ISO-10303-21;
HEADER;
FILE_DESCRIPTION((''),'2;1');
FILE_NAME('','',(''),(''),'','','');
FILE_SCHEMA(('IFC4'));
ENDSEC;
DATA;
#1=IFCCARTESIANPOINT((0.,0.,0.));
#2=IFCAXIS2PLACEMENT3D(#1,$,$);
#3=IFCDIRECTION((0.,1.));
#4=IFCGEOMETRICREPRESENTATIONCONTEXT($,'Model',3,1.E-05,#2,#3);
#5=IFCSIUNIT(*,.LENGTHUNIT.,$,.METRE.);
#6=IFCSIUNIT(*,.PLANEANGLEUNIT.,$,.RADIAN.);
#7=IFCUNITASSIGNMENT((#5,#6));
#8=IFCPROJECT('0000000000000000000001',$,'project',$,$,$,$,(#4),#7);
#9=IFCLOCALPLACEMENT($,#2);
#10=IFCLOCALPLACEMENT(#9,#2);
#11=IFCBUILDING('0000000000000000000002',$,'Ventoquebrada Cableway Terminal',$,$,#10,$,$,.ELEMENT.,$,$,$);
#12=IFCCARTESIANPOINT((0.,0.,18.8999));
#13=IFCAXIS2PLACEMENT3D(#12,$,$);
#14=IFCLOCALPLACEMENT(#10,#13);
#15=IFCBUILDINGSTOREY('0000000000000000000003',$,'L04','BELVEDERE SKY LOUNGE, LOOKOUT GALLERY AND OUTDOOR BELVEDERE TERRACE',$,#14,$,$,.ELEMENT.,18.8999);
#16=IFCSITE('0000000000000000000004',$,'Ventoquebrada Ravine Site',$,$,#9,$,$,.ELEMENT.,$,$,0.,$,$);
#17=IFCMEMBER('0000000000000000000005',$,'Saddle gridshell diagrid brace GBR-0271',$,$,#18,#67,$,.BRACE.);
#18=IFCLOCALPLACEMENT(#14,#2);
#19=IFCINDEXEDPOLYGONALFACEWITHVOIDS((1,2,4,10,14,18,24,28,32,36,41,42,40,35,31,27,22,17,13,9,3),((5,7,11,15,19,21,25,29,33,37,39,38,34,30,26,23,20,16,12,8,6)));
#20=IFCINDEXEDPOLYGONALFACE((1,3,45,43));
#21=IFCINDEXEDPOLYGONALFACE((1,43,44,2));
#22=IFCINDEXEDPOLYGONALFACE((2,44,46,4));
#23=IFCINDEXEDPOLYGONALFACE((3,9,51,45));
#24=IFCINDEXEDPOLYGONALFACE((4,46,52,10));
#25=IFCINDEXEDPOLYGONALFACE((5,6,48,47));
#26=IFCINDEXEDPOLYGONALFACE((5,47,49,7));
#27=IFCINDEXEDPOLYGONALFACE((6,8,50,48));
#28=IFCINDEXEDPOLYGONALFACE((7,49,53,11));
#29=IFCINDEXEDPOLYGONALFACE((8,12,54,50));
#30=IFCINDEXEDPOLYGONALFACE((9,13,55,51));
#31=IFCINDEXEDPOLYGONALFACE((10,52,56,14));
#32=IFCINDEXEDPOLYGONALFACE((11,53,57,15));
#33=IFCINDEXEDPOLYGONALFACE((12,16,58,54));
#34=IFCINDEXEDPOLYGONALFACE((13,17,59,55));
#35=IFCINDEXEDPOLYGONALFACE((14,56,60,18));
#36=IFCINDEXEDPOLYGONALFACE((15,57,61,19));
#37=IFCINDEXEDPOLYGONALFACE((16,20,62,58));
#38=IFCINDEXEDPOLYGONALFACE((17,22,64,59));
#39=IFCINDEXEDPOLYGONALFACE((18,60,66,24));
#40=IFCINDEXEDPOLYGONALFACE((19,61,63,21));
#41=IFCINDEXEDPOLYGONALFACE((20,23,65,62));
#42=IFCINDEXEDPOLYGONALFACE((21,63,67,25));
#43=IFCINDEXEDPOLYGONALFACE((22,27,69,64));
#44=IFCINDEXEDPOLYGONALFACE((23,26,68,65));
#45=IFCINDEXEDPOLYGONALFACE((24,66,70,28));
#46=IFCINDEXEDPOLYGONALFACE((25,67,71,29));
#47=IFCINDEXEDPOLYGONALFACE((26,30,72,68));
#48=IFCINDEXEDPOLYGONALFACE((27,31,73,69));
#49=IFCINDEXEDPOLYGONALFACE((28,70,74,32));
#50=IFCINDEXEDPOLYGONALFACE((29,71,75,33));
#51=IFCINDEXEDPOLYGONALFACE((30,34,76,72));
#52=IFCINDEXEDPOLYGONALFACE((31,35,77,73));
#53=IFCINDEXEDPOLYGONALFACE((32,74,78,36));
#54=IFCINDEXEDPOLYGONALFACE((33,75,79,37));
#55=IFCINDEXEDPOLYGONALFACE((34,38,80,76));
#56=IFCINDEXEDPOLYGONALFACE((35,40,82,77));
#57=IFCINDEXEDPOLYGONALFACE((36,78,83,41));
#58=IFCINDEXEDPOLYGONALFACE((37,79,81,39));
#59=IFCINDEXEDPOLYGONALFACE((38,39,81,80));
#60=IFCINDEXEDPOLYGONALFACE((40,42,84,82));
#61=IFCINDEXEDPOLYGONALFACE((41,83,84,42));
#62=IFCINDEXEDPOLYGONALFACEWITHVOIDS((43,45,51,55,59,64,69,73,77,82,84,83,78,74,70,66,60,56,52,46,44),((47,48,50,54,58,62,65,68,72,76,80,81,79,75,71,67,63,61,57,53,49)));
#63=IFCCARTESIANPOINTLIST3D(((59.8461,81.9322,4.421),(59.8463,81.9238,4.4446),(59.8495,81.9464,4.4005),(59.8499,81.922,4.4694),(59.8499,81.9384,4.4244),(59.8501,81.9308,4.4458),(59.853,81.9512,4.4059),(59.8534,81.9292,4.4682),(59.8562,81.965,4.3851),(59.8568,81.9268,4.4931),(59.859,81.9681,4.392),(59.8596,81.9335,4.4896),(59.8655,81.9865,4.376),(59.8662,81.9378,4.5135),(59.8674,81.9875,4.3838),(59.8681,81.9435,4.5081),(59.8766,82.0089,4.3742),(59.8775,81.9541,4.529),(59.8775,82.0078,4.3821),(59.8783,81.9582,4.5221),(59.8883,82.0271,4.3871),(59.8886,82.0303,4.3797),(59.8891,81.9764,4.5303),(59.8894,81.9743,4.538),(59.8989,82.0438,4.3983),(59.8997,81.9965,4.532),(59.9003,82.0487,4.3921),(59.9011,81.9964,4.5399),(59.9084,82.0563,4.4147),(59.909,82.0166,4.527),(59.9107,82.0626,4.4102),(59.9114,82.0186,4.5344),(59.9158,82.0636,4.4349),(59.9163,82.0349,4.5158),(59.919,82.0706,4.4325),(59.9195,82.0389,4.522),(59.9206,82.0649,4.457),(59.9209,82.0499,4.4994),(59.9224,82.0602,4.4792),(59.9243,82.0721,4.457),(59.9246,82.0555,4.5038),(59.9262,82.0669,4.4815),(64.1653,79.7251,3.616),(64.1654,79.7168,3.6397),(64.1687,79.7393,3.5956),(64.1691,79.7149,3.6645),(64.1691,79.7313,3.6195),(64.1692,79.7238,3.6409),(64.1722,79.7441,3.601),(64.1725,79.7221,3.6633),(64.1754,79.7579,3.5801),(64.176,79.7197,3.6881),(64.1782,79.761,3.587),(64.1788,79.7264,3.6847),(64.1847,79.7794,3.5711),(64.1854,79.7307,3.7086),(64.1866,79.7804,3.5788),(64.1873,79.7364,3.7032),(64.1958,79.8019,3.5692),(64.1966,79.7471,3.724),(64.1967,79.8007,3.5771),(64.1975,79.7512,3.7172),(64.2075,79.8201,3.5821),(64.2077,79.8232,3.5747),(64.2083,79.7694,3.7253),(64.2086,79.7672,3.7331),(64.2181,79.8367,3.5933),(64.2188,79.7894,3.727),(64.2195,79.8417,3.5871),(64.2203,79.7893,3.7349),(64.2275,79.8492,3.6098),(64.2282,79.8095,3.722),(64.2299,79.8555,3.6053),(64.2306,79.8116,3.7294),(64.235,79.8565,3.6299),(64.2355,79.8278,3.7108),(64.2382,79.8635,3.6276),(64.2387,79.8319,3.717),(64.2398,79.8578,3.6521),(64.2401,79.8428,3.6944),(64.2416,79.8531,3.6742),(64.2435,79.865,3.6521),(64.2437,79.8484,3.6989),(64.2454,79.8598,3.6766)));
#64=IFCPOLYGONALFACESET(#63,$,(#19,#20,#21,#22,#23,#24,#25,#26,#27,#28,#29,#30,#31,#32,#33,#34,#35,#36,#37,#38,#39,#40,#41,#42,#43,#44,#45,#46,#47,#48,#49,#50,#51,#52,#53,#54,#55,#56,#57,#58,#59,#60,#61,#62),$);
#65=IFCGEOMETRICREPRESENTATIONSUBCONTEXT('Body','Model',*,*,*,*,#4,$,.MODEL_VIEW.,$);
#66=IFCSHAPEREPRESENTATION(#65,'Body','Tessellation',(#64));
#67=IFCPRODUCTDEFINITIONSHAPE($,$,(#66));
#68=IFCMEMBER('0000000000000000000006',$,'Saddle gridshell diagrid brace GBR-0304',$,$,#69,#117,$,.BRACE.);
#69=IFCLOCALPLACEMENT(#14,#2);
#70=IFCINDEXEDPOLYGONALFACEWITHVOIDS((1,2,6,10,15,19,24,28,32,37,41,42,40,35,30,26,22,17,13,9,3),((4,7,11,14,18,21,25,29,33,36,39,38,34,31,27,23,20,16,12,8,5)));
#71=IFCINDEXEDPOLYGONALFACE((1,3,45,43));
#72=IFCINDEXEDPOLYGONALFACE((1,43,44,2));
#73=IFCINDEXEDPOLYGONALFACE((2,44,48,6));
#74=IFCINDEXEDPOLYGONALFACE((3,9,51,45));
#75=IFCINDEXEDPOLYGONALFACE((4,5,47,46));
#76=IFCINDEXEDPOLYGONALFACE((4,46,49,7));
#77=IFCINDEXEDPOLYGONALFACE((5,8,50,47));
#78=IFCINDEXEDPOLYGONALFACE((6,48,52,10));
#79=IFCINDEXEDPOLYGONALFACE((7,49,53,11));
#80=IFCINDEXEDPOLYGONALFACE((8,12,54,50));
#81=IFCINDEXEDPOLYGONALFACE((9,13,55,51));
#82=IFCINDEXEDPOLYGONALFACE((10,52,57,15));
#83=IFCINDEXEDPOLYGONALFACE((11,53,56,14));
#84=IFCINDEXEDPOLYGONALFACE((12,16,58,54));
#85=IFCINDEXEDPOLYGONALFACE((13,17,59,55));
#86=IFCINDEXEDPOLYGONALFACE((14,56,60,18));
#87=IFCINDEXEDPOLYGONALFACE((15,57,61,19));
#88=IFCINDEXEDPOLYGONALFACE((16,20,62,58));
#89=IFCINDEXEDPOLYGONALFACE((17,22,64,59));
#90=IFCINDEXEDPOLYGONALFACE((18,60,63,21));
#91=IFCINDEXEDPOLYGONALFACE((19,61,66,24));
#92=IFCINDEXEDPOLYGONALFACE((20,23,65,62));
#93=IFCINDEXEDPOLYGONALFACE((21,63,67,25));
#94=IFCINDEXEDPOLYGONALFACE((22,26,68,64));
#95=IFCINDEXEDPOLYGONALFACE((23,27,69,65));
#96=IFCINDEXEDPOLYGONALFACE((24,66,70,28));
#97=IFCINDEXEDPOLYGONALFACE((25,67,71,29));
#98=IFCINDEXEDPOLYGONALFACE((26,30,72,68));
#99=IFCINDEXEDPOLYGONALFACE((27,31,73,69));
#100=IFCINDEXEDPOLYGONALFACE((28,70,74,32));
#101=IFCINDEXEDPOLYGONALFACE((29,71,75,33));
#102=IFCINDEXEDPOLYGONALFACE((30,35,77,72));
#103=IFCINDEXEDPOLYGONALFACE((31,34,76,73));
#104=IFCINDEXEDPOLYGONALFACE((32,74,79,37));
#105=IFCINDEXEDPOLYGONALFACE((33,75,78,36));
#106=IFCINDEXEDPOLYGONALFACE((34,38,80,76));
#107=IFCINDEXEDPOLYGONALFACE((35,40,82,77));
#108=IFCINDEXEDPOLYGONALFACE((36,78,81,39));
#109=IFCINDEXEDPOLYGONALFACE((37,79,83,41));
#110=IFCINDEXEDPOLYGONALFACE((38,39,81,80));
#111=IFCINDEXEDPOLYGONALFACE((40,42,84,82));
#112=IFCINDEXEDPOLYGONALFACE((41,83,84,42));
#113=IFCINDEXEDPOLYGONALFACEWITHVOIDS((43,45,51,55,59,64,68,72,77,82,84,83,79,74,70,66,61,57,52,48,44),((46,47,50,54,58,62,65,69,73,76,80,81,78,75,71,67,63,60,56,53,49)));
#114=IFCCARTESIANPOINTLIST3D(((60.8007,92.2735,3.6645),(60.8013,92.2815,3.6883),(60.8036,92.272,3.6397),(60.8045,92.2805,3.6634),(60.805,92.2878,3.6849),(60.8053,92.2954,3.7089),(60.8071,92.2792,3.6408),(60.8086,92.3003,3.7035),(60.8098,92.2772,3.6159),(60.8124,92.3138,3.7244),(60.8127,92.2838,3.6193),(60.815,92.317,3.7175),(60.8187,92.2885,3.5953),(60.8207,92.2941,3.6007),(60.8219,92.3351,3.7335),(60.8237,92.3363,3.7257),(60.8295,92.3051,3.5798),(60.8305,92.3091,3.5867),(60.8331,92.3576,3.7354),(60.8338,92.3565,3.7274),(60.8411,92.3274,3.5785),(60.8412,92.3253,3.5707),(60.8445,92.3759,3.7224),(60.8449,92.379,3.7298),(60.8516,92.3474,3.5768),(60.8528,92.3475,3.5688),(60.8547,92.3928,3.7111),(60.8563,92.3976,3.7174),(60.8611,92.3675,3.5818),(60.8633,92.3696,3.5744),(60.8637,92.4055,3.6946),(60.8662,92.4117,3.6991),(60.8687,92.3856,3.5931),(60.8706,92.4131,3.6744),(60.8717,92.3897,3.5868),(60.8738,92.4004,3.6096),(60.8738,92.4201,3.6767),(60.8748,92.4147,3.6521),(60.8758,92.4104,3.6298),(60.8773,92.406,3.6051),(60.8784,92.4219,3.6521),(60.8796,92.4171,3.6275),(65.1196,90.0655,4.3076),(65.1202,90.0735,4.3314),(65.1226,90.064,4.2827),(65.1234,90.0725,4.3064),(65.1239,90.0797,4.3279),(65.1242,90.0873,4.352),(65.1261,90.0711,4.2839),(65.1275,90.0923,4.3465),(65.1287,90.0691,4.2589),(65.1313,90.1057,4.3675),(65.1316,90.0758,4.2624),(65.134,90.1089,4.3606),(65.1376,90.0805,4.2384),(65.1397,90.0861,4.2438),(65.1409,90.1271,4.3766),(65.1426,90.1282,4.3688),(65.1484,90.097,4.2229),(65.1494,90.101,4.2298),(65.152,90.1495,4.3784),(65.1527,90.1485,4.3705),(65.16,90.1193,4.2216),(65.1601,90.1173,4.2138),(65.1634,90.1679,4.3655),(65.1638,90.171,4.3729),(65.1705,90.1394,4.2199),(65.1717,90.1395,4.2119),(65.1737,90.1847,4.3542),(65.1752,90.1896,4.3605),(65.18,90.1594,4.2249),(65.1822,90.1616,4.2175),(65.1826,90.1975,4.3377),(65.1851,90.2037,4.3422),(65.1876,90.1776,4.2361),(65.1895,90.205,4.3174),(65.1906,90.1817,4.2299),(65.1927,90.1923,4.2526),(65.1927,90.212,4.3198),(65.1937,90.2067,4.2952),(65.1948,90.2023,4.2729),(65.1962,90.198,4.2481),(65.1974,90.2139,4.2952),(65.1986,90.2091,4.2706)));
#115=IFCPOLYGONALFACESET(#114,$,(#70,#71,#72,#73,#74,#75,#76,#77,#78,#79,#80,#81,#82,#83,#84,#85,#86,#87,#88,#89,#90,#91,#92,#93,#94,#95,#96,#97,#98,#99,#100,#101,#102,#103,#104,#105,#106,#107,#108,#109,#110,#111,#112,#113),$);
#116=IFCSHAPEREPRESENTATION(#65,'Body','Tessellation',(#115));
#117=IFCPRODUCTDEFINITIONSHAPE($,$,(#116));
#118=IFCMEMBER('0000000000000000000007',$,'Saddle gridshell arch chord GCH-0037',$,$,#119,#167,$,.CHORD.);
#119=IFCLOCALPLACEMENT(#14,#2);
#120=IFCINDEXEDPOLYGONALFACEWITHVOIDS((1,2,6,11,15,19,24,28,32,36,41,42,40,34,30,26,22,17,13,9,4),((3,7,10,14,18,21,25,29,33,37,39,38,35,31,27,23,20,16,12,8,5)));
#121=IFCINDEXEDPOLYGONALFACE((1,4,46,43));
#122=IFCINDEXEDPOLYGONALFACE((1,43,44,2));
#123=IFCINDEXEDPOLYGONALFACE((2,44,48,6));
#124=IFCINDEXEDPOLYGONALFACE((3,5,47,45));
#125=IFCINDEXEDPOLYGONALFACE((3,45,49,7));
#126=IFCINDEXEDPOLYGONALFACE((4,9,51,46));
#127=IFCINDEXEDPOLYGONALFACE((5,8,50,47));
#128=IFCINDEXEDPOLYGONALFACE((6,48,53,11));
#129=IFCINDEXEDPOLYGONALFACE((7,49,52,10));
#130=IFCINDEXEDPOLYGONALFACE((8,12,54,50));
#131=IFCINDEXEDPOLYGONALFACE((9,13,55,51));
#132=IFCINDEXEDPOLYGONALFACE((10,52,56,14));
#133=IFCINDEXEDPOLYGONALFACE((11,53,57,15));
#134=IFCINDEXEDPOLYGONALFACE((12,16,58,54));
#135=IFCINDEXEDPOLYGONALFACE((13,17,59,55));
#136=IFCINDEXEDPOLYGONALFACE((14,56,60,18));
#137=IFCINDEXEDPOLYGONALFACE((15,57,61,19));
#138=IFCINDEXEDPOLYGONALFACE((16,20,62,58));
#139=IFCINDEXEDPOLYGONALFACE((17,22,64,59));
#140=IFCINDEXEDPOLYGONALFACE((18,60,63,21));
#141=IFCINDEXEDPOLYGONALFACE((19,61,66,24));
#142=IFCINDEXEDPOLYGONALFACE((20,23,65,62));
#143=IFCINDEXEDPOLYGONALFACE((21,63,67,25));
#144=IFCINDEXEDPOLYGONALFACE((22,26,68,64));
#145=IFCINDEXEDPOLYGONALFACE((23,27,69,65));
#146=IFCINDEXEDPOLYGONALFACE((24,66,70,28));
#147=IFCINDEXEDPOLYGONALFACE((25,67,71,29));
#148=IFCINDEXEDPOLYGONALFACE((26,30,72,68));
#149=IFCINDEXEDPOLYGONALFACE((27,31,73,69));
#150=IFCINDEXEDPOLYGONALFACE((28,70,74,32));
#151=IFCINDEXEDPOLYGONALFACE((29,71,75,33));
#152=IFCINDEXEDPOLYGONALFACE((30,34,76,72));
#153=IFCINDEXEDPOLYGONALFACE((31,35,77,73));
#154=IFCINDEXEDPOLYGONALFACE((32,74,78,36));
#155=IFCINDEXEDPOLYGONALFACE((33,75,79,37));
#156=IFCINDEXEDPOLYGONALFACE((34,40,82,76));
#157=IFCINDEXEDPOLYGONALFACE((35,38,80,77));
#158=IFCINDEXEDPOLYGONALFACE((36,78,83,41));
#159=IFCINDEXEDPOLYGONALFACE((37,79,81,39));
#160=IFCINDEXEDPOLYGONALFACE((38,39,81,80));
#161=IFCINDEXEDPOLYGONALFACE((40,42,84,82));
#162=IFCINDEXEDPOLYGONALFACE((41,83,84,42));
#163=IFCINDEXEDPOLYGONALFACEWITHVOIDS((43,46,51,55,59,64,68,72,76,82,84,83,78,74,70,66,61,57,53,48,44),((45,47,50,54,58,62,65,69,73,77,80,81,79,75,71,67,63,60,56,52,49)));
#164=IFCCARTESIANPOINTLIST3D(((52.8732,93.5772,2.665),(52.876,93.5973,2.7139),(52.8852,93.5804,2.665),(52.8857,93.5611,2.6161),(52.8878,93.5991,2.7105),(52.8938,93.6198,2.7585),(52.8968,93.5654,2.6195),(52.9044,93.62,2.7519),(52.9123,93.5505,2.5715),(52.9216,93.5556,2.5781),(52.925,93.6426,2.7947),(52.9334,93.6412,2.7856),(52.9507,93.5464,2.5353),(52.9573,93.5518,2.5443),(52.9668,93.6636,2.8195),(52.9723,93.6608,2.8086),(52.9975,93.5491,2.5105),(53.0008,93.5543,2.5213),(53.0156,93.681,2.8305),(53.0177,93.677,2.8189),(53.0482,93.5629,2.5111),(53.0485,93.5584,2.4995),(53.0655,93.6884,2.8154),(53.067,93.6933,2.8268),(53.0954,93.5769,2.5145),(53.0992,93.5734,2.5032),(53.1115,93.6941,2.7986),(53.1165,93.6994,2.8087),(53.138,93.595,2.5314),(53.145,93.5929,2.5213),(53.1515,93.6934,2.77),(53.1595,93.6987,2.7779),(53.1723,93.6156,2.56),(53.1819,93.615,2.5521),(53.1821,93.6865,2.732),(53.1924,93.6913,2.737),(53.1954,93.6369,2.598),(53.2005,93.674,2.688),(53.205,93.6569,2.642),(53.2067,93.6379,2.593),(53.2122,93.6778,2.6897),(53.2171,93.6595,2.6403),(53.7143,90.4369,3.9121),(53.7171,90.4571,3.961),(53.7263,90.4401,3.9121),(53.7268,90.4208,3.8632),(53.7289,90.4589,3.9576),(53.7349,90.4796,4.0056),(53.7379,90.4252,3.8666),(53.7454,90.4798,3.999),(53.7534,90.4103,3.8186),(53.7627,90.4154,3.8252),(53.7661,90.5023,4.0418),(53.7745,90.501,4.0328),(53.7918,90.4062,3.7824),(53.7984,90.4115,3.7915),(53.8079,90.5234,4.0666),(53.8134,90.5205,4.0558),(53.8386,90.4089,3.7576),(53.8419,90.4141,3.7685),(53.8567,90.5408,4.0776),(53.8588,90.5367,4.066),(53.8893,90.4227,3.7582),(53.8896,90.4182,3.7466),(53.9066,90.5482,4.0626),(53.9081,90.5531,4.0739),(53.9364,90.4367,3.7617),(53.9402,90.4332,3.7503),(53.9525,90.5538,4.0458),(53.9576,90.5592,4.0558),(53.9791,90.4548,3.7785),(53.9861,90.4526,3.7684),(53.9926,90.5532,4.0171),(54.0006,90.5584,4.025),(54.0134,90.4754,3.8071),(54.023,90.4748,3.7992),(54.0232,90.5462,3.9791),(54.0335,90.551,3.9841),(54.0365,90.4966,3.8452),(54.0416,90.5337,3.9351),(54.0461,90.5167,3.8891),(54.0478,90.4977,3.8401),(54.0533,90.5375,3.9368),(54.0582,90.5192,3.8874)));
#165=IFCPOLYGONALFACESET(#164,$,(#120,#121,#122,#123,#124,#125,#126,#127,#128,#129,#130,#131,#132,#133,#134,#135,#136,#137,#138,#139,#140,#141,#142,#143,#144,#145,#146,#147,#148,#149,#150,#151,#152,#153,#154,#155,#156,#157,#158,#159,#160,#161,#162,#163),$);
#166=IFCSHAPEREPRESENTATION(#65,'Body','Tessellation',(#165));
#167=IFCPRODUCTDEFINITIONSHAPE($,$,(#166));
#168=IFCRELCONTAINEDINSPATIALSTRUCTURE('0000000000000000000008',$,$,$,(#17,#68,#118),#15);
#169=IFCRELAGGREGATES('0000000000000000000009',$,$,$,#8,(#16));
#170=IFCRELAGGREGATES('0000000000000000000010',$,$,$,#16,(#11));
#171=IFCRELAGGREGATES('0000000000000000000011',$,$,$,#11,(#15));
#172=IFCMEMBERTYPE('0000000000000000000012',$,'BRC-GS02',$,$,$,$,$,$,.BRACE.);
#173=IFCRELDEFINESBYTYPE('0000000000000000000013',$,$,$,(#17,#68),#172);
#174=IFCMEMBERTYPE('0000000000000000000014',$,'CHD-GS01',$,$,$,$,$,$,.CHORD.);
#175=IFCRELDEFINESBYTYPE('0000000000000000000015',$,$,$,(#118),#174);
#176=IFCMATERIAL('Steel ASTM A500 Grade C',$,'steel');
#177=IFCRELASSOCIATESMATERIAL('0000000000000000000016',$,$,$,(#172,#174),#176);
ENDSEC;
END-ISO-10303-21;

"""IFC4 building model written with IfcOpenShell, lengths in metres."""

from ifc_helpers import new_model, si_unit, direction, frame, origin, origin_2d, place, context, subcontext, project, spatial, hollow_circle, extrude, material, material_profile, profile_set, type_object, element, save


model = new_model("IFC4")

# Units and contexts
model_context = context("Model", 3, precision=1e-05, world=origin(), true_north=direction((0.0, 1.0)))
body_context = subcontext(model_context, "Body", "Model", "MODEL_VIEW")
ifc_project = project(units=[si_unit("LENGTHUNIT", "METRE"), si_unit("PLANEANGLEUNIT", "RADIAN")], contexts=[model_context])

# Site, building, storey
site_placement = place(None, origin())
site = spatial("IfcSite", under=ifc_project, at=site_placement, Name="Ventoquebrada Ravine Site", CompositionType="ELEMENT", RefElevation=0.0)
building_placement = place(site_placement, origin())
building = spatial("IfcBuilding", under=site, at=building_placement, Name="Ventoquebrada Cableway Terminal", CompositionType="ELEMENT")
storey_placement = place(building_placement, frame((0.0, 0.0, 18.8999)))
storey = spatial("IfcBuildingStorey", under=building, at=storey_placement, Name="L04", Description="BELVEDERE SKY LOUNGE, LOOKOUT GALLERY AND OUTDOOR BELVEDERE TERRACE", CompositionType="ELEMENT", Elevation=18.8999)

# Members
ifc_material_1 = material(Name="Steel ASTM A500 Grade C", Category="steel")
ifc_material_profile_1 = material_profile(ifc_material_1, hollow_circle(Radius=0.0842, WallThickness=0.0081, at=origin_2d()), Name="CHS168.3X8")
ifc_profile_set_1 = profile_set([ifc_material_profile_1], Name="Steel ASTM A500 Grade C")
member_type_1 = type_object("IfcMemberType", Name="BRC-GS02", PredefinedType="BRACE", material=ifc_profile_set_1)
member_1_placement = place(storey_placement, frame((59.886, 81.9971, 4.457), z_axis=(0.878462, -0.448889, -0.163715), x_axis=(0.455029, 0.890477, 0.0)))
element("IfcMember", 1, at=member_1_placement, inside=storey, type_object=member_type_1, Name="Saddle gridshell diagrid brace GBR-0271", PredefinedType="BRACE", context=body_context, shape_type="SweptSolid", body=[
    extrude(hollow_circle(Radius=0.0842, WallThickness=0.0081, at=origin_2d()), origin(), (0.0, 0.0, 1.0), 4.9167),
])
member_2_placement = place(storey_placement, frame((60.8401, 92.3469, 3.6521), z_axis=(0.882662, -0.45126, 0.131426), x_axis=(0.455209, 0.890385, 0.0)))
element("IfcMember", 2, at=member_2_placement, inside=storey, type_object=member_type_1, Name="Saddle gridshell diagrid brace GBR-0304", PredefinedType="BRACE", context=body_context, shape_type="SweptSolid", body=[
    extrude(hollow_circle(Radius=0.0842, WallThickness=0.0081, at=origin_2d()), origin(), (0.0, 0.0, 1.0), 4.8931),
])
ifc_material_profile_2 = material_profile(ifc_material_1, hollow_circle(Radius=0.1777, WallThickness=0.0125, at=origin_2d()), Name="CHS355.6X12.5")
ifc_profile_set_2 = profile_set([ifc_material_profile_2], Name="Steel ASTM A500 Grade C")
member_type_2 = type_object("IfcMemberType", Name="CHD-GS01", PredefinedType="CHORD", material=ifc_profile_set_2)
member_3_placement = place(storey_placement, frame((53.886, 90.4829, 3.9121), z_axis=(-0.241559, 0.901868, -0.358167), x_axis=(-0.965951, -0.258724, 0.0)))
element("IfcMember", 3, at=member_3_placement, inside=storey, type_object=member_type_2, Name="Saddle gridshell arch chord GCH-0037", PredefinedType="CHORD", context=body_context, shape_type="SweptSolid", body=[
    extrude(hollow_circle(Radius=0.1777, WallThickness=0.0125, at=origin_2d()), origin(), (0.0, 0.0, 1.0), 3.4819),
])

save(model, "model.ifc")
